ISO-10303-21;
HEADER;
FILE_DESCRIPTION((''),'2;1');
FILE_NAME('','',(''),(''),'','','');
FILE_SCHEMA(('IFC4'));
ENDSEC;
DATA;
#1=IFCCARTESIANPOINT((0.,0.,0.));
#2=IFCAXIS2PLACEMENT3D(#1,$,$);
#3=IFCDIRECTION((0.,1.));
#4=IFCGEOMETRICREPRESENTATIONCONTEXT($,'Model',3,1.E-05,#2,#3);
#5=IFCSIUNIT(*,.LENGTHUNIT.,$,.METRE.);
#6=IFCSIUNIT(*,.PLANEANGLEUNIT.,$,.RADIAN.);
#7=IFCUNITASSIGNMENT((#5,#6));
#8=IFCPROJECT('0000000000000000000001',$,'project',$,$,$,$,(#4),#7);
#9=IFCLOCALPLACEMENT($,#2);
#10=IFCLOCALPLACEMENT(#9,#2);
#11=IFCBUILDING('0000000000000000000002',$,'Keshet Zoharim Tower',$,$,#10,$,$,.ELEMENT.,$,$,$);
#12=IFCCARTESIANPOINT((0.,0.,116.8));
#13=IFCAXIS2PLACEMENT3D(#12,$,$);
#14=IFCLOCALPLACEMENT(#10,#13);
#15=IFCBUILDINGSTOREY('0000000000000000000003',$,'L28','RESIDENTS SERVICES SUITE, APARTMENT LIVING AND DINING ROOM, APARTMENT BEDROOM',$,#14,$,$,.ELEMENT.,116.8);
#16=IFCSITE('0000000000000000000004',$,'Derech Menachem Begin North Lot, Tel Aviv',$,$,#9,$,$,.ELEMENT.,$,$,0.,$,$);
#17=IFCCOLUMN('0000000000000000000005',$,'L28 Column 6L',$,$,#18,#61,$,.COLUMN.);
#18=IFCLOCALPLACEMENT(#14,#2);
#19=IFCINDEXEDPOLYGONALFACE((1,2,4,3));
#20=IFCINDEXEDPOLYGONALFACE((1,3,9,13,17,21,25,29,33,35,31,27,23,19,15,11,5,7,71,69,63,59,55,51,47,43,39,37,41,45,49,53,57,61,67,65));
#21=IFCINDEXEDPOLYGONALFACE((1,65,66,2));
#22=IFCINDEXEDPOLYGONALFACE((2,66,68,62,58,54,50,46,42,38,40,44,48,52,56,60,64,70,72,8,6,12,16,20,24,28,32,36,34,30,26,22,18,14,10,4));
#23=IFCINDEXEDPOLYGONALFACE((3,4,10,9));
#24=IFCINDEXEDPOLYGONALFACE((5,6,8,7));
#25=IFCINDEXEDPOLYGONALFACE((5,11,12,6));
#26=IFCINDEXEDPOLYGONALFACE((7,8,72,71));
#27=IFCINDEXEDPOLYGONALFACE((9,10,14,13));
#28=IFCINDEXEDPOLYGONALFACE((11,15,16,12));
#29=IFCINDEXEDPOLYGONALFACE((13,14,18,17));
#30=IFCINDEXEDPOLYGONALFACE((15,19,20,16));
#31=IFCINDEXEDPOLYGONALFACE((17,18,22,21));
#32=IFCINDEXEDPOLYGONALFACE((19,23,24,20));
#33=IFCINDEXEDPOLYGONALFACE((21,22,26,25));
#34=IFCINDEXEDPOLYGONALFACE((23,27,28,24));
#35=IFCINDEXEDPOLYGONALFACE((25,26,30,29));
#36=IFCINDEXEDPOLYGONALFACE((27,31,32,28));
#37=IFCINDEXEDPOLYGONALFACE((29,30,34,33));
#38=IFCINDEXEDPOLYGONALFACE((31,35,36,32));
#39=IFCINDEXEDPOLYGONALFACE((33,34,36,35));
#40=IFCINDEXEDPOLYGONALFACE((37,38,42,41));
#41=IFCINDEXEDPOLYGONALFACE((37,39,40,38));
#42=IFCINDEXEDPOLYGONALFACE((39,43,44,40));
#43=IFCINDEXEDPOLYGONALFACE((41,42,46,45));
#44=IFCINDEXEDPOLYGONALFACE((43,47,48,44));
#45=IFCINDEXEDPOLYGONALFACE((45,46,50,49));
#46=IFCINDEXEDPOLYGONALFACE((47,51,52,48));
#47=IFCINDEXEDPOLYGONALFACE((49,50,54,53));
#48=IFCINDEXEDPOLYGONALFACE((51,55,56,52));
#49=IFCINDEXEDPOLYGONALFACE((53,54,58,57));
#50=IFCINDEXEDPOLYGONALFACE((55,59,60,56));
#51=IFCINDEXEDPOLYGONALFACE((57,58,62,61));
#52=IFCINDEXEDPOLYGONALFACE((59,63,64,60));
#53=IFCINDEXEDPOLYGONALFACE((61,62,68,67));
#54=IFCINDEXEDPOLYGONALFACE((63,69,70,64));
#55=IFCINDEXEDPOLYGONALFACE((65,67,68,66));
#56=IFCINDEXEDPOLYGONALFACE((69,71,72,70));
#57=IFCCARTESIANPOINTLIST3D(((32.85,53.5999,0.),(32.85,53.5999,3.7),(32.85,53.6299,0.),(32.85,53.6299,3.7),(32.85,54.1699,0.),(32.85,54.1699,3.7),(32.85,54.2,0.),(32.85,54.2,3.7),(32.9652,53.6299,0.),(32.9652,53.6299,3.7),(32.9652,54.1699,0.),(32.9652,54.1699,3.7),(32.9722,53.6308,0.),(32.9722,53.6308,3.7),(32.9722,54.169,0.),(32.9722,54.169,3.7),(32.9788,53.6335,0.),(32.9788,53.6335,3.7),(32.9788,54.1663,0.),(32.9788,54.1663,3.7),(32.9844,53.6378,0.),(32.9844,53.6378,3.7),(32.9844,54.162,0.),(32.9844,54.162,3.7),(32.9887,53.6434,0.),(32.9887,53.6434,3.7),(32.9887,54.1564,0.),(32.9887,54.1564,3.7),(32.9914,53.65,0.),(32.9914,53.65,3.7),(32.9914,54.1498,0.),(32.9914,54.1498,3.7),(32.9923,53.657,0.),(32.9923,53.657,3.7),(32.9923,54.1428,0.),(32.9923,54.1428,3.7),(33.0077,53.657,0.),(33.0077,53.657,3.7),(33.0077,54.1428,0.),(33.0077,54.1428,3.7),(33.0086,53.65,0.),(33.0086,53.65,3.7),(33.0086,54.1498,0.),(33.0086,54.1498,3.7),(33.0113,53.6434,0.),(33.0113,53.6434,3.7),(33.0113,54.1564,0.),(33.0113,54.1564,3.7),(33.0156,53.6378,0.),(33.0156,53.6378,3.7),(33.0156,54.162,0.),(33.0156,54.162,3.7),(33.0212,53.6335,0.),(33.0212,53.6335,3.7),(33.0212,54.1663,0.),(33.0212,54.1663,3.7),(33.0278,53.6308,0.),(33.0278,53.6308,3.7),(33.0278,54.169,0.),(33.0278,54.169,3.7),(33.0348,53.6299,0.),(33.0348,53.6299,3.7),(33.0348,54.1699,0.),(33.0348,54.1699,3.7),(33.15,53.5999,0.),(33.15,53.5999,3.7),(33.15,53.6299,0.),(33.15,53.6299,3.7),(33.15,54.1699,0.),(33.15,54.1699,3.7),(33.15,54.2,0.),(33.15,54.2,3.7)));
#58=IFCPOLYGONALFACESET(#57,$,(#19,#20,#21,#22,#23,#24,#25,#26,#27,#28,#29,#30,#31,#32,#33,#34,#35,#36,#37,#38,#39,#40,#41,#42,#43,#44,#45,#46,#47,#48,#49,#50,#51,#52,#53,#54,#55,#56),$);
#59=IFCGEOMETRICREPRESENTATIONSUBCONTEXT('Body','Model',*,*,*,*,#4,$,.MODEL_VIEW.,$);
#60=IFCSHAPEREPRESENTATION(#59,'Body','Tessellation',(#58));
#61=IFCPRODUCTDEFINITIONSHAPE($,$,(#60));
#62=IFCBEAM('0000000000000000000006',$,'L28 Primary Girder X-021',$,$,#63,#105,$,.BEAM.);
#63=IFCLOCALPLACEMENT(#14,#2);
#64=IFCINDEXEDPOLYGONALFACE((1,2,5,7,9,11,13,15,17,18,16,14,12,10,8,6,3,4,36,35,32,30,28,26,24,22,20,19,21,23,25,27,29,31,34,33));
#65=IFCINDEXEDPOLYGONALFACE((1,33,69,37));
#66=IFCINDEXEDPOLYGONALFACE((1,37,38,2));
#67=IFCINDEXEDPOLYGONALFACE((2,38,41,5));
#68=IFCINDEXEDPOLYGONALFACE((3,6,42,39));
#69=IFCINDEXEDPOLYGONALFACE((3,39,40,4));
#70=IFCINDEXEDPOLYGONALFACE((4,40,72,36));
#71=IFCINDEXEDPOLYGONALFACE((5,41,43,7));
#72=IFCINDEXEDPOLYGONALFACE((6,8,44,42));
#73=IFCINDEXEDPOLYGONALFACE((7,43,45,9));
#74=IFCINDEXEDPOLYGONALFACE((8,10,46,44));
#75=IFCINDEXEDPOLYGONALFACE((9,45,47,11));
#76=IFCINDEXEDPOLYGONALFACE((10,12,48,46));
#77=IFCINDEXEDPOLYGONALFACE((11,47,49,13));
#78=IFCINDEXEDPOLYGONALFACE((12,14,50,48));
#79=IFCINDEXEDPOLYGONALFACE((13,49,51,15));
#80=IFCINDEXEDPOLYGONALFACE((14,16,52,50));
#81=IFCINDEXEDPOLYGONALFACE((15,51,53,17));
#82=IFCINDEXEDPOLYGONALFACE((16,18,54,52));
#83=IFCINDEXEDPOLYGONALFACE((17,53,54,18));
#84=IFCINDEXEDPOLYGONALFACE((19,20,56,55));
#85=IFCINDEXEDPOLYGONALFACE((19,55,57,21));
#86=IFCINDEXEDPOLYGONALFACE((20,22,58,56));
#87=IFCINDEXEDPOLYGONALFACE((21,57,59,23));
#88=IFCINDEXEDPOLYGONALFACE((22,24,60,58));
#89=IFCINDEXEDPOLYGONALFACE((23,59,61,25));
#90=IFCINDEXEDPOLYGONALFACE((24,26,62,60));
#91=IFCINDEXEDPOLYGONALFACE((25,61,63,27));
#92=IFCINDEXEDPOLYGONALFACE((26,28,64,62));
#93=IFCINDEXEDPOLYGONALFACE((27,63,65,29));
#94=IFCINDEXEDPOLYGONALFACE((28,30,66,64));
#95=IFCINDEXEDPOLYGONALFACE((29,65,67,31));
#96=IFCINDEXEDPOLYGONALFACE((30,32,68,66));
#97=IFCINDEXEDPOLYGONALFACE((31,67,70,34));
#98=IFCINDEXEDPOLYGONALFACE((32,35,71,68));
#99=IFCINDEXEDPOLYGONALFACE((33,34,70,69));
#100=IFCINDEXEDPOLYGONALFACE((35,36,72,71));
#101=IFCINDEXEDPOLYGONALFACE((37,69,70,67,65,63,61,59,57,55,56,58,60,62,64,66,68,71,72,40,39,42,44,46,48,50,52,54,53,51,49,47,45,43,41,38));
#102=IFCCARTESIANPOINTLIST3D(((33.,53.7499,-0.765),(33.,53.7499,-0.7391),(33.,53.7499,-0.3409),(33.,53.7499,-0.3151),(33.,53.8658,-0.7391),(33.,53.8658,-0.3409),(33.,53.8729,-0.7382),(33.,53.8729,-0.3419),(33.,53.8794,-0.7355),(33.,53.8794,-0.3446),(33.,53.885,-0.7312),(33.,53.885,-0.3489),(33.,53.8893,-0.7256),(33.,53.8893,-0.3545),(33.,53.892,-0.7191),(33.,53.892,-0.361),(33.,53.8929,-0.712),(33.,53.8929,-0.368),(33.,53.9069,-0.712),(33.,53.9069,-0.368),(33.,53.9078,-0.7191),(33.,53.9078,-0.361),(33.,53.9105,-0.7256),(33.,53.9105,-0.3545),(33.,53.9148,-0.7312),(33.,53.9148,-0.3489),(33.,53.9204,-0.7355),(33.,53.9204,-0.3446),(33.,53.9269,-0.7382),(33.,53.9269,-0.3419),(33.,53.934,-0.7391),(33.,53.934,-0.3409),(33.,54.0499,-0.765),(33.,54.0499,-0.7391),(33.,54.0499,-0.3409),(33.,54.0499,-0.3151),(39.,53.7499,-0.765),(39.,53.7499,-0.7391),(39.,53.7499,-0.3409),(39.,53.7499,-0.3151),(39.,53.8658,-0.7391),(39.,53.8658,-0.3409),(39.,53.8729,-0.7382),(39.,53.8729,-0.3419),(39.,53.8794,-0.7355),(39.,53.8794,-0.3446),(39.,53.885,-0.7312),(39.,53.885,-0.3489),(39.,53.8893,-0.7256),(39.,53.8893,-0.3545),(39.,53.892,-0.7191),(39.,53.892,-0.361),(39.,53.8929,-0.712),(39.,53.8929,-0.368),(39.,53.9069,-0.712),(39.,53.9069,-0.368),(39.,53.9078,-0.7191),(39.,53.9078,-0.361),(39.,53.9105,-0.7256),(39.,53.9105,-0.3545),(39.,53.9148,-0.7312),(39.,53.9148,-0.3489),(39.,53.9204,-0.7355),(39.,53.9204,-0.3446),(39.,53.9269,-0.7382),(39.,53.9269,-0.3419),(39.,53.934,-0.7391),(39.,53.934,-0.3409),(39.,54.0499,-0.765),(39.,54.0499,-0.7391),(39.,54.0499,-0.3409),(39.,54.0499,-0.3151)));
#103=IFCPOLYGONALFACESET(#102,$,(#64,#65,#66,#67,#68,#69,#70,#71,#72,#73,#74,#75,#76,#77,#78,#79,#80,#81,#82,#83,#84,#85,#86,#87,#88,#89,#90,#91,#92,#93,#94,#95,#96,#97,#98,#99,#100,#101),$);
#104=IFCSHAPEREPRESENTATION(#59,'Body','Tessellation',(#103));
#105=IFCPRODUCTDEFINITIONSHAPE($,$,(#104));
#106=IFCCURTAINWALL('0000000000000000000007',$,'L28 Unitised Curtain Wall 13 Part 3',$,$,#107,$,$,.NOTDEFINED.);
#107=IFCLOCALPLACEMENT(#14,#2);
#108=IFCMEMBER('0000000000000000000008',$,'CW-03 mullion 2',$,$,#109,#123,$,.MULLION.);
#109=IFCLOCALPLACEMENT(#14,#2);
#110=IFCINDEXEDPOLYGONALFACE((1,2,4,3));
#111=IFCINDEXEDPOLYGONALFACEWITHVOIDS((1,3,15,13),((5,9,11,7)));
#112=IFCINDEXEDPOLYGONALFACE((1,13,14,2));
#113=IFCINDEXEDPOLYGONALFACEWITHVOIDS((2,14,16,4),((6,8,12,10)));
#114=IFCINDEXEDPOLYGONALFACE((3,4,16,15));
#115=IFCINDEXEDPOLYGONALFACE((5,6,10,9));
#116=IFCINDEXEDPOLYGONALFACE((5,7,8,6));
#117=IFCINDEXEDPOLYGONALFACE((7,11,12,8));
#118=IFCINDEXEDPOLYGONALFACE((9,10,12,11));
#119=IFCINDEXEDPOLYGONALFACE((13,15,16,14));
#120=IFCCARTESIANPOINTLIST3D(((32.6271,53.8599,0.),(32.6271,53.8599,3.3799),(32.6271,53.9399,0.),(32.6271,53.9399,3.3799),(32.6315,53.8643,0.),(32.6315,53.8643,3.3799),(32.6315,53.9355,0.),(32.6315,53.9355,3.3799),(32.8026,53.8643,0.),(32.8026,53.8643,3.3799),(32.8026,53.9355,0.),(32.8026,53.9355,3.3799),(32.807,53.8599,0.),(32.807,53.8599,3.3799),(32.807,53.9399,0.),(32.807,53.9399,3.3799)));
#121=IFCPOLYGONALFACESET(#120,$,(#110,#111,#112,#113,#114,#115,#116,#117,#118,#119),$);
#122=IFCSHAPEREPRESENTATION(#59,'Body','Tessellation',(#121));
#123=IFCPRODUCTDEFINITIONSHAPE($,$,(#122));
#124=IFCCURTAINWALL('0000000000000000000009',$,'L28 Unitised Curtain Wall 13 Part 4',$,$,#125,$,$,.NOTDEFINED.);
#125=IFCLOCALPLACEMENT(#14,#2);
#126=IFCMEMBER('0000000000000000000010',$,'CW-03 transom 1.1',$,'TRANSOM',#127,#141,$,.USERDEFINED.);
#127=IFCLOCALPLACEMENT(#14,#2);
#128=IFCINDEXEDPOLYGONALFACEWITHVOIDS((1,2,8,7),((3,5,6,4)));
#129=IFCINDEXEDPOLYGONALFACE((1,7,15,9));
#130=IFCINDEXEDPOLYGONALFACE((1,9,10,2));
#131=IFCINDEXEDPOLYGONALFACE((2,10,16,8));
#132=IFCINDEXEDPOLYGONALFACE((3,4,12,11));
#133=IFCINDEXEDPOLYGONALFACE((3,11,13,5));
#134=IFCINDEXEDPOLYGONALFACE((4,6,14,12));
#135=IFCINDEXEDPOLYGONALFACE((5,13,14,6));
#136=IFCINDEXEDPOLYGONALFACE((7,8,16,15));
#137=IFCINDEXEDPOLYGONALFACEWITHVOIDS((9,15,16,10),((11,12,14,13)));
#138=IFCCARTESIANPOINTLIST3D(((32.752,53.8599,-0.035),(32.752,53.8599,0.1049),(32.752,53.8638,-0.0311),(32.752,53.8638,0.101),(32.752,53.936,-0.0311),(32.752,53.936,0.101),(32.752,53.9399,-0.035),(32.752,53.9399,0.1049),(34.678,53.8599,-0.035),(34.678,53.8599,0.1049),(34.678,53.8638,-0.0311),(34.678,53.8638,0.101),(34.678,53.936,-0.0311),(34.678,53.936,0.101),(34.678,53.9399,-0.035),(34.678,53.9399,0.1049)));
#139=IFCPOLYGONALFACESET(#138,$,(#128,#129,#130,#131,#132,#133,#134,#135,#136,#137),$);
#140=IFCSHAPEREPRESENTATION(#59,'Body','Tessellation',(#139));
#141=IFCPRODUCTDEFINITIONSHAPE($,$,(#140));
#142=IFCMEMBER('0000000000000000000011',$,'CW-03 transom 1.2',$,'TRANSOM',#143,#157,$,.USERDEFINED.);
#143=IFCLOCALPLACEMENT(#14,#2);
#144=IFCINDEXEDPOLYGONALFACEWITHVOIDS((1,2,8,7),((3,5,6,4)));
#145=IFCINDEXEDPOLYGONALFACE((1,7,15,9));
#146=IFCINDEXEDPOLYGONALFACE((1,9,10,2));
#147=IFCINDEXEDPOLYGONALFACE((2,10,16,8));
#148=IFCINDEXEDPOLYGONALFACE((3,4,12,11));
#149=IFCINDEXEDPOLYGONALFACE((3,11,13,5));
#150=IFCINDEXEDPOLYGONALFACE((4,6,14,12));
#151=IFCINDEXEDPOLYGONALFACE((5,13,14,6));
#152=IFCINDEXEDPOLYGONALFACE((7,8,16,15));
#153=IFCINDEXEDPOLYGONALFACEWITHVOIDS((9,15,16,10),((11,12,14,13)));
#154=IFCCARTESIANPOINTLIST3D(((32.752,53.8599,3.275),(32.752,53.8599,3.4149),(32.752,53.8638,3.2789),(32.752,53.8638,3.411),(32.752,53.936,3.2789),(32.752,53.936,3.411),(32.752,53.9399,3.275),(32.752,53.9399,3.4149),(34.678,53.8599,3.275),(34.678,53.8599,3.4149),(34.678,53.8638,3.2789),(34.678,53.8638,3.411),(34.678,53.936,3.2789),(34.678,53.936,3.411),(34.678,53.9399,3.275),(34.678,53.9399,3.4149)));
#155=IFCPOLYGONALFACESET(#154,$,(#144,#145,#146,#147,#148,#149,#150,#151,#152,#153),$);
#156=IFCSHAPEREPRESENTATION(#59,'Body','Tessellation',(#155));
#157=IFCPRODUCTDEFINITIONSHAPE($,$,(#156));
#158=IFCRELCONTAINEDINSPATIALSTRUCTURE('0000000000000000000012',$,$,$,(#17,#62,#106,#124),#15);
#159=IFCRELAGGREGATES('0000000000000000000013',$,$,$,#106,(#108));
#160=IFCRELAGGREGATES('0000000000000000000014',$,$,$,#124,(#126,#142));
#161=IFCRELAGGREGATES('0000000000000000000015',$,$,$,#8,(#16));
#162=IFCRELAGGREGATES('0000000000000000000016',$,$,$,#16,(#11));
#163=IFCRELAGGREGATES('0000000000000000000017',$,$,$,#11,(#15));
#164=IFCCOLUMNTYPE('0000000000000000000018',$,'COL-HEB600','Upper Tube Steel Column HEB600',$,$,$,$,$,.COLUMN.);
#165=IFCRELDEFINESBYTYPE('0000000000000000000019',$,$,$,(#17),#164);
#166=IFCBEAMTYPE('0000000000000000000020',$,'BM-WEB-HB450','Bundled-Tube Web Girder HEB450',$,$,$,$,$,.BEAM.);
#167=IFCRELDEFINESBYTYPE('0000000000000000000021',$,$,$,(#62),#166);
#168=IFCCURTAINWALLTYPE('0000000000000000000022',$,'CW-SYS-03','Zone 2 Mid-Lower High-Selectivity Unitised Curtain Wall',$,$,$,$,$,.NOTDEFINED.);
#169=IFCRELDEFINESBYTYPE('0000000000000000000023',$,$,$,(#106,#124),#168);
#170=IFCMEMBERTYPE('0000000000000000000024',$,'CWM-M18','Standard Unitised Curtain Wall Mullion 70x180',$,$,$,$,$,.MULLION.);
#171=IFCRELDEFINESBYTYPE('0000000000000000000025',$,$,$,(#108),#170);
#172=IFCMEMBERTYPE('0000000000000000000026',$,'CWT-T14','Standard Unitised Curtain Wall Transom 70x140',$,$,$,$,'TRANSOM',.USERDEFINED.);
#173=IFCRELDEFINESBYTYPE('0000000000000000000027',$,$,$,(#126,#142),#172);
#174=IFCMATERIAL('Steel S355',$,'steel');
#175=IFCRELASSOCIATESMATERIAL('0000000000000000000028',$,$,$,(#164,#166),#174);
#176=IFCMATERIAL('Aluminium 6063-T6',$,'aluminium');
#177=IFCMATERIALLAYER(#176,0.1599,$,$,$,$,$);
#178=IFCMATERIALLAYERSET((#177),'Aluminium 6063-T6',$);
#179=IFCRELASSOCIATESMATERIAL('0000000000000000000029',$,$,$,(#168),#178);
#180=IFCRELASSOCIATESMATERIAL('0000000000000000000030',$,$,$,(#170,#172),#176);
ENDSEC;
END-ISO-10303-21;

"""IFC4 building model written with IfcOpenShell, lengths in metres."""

from ifc_helpers import new_model, si_unit, direction, frame, origin, origin_2d, place, context, subcontext, project, spatial, hollow_rectangle, i_section, extrude, material, layer, layer_set, material_profile, profile_set, type_object, element, aggregate, save


model = new_model("IFC4")

# Units and contexts
model_context = context("Model", 3, precision=1e-05, world=origin(), true_north=direction((0.0, 1.0)))
body_context = subcontext(model_context, "Body", "Model", "MODEL_VIEW")
ifc_project = project(units=[si_unit("LENGTHUNIT", "METRE"), si_unit("PLANEANGLEUNIT", "RADIAN")], contexts=[model_context])

# Site, building, storey
site_placement = place(None, origin())
site = spatial("IfcSite", under=ifc_project, at=site_placement, Name="Derech Menachem Begin North Lot, Tel Aviv", CompositionType="ELEMENT", RefElevation=0.0)
building_placement = place(site_placement, origin())
building = spatial("IfcBuilding", under=site, at=building_placement, Name="Keshet Zoharim Tower", CompositionType="ELEMENT")
storey_placement = place(building_placement, frame((0.0, 0.0, 116.8)))
storey = spatial("IfcBuildingStorey", under=building, at=storey_placement, Name="L28", Description="RESIDENTS SERVICES SUITE, APARTMENT LIVING AND DINING ROOM, APARTMENT BEDROOM", CompositionType="ELEMENT", Elevation=116.8)

# Column
ifc_material_1 = material(Name="Steel S355", Category="steel")
ifc_material_profile_1 = material_profile(ifc_material_1, i_section(OverallWidth=0.3, OverallDepth=0.6001, WebThickness=0.0154, FlangeThickness=0.03, FilletRadius=0.0271, at=origin_2d()), Name="HEB600")
ifc_profile_set_1 = profile_set([ifc_material_profile_1], Name="Steel S355")
column_type = type_object("IfcColumnType", Name="COL-HEB600", Description="Upper Tube Steel Column HEB600", PredefinedType="COLUMN", material=ifc_profile_set_1)
column_placement = place(storey_placement, frame((33.0, 53.8999, 0.0), z_axis=(0.0, 0.0, 1.0), x_axis=(1.0, 0.0, 0.0)))
element("IfcColumn", 1, at=column_placement, inside=storey, type_object=column_type, Name="L28 Column 6L", PredefinedType="COLUMN", context=body_context, shape_type="SweptSolid", body=[
    extrude(i_section(OverallWidth=0.3, OverallDepth=0.6001, WebThickness=0.0154, FlangeThickness=0.03, FilletRadius=0.0271, at=origin_2d()), origin(), (0.0, 0.0, 1.0), 3.7),
])

# Beam
ifc_material_profile_2 = material_profile(ifc_material_1, i_section(OverallWidth=0.3, OverallDepth=0.45, WebThickness=0.0139, FlangeThickness=0.0259, FilletRadius=0.0271, at=origin_2d()), Name="HEB450")
ifc_profile_set_2 = profile_set([ifc_material_profile_2], Name="Steel S355")
beam_type = type_object("IfcBeamType", Name="BM-WEB-HB450", Description="Bundled-Tube Web Girder HEB450", PredefinedType="BEAM", material=ifc_profile_set_2)
beam_placement = place(storey_placement, frame((33.0, 53.8999, -0.54), z_axis=(1.0, 0.0, 0.0), x_axis=(0.0, 1.0, 0.0)))
element("IfcBeam", 2, at=beam_placement, inside=storey, type_object=beam_type, Name="L28 Primary Girder X-021", PredefinedType="BEAM", context=body_context, shape_type="SweptSolid", body=[
    extrude(i_section(OverallWidth=0.3, OverallDepth=0.45, WebThickness=0.0139, FlangeThickness=0.0259, FilletRadius=0.0271, at=origin_2d()), origin(), (0.0, 0.0, 1.0), 6.0),
])

# Curtain wall, member
ifc_material_2 = material(Name="Aluminium 6063-T6", Category="aluminium")
ifc_layer_1 = layer(ifc_material_2, 0.1599)
ifc_layer_set_1 = layer_set([ifc_layer_1], Name="Aluminium 6063-T6")
curtain_wall_type = type_object("IfcCurtainWallType", Name="CW-SYS-03", Description="Zone 2 Mid-Lower High-Selectivity Unitised Curtain Wall", PredefinedType="NOTDEFINED", material=ifc_layer_set_1)
curtain_wall_1_placement = place(storey_placement, origin())
curtain_wall_1 = element("IfcCurtainWall", 3, at=curtain_wall_1_placement, inside=storey, type_object=curtain_wall_type, Name="L28 Unitised Curtain Wall 13 Part 3", PredefinedType="NOTDEFINED")
ifc_material_profile_3 = material_profile(ifc_material_2, hollow_rectangle(XDim=0.0801, YDim=0.1799, WallThickness=0.0044, at=origin_2d()), Name="MUL-80x180")
ifc_profile_set_3 = profile_set([ifc_material_profile_3], Name="Aluminium 6063-T6")
member_type_1 = type_object("IfcMemberType", Name="CWM-M18", Description="Standard Unitised Curtain Wall Mullion 70x180", PredefinedType="MULLION", material=ifc_profile_set_3)
member_1_placement = place(storey_placement, frame((32.717, 53.8999, 0.0), z_axis=(0.0, 0.0, 1.0), x_axis=(0.0, 1.0, 0.0)))
member_1 = element("IfcMember", 4, at=member_1_placement, type_object=member_type_1, Name="CW-03 mullion 2", PredefinedType="MULLION", context=body_context, shape_type="SweptSolid", body=[
    extrude(hollow_rectangle(XDim=0.0801, YDim=0.1799, WallThickness=0.0044, at=origin_2d()), origin(), (0.0, 0.0, 1.0), 3.3799),
])

# Curtain wall, members
curtain_wall_2_placement = place(storey_placement, origin())
curtain_wall_2 = element("IfcCurtainWall", 5, at=curtain_wall_2_placement, inside=storey, type_object=curtain_wall_type, Name="L28 Unitised Curtain Wall 13 Part 4", PredefinedType="NOTDEFINED")
ifc_material_profile_4 = material_profile(ifc_material_2, hollow_rectangle(XDim=0.0801, YDim=0.1399, WallThickness=0.0039, at=origin_2d()), Name="TRN-80x140")
ifc_profile_set_4 = profile_set([ifc_material_profile_4], Name="Aluminium 6063-T6")
member_type_2 = type_object("IfcMemberType", Name="CWT-T14", Description="Standard Unitised Curtain Wall Transom 70x140", ElementType="TRANSOM", PredefinedType="USERDEFINED", material=ifc_profile_set_4)
member_2_placement = place(storey_placement, frame((32.752, 53.8999, 0.0349), z_axis=(1.0, 0.0, 0.0), x_axis=(0.0, 1.0, 0.0)))
member_2 = element("IfcMember", 6, at=member_2_placement, type_object=member_type_2, Name="CW-03 transom 1.1", ObjectType="TRANSOM", PredefinedType="USERDEFINED", context=body_context, shape_type="SweptSolid", body=[
    extrude(hollow_rectangle(XDim=0.0801, YDim=0.1399, WallThickness=0.0039, at=origin_2d()), origin(), (0.0, 0.0, 1.0), 1.926),
])
member_3_placement = place(storey_placement, frame((32.752, 53.8999, 3.345), z_axis=(1.0, 0.0, 0.0), x_axis=(0.0, 1.0, 0.0)))
member_3 = element("IfcMember", 7, at=member_3_placement, type_object=member_type_2, Name="CW-03 transom 1.2", ObjectType="TRANSOM", PredefinedType="USERDEFINED", context=body_context, shape_type="SweptSolid", body=[
    extrude(hollow_rectangle(XDim=0.0801, YDim=0.1399, WallThickness=0.0039, at=origin_2d()), origin(), (0.0, 0.0, 1.0), 1.926),
])

aggregate(curtain_wall_1, [member_1])
aggregate(curtain_wall_2, [member_2, member_3])

save(model, "model.ifc")
